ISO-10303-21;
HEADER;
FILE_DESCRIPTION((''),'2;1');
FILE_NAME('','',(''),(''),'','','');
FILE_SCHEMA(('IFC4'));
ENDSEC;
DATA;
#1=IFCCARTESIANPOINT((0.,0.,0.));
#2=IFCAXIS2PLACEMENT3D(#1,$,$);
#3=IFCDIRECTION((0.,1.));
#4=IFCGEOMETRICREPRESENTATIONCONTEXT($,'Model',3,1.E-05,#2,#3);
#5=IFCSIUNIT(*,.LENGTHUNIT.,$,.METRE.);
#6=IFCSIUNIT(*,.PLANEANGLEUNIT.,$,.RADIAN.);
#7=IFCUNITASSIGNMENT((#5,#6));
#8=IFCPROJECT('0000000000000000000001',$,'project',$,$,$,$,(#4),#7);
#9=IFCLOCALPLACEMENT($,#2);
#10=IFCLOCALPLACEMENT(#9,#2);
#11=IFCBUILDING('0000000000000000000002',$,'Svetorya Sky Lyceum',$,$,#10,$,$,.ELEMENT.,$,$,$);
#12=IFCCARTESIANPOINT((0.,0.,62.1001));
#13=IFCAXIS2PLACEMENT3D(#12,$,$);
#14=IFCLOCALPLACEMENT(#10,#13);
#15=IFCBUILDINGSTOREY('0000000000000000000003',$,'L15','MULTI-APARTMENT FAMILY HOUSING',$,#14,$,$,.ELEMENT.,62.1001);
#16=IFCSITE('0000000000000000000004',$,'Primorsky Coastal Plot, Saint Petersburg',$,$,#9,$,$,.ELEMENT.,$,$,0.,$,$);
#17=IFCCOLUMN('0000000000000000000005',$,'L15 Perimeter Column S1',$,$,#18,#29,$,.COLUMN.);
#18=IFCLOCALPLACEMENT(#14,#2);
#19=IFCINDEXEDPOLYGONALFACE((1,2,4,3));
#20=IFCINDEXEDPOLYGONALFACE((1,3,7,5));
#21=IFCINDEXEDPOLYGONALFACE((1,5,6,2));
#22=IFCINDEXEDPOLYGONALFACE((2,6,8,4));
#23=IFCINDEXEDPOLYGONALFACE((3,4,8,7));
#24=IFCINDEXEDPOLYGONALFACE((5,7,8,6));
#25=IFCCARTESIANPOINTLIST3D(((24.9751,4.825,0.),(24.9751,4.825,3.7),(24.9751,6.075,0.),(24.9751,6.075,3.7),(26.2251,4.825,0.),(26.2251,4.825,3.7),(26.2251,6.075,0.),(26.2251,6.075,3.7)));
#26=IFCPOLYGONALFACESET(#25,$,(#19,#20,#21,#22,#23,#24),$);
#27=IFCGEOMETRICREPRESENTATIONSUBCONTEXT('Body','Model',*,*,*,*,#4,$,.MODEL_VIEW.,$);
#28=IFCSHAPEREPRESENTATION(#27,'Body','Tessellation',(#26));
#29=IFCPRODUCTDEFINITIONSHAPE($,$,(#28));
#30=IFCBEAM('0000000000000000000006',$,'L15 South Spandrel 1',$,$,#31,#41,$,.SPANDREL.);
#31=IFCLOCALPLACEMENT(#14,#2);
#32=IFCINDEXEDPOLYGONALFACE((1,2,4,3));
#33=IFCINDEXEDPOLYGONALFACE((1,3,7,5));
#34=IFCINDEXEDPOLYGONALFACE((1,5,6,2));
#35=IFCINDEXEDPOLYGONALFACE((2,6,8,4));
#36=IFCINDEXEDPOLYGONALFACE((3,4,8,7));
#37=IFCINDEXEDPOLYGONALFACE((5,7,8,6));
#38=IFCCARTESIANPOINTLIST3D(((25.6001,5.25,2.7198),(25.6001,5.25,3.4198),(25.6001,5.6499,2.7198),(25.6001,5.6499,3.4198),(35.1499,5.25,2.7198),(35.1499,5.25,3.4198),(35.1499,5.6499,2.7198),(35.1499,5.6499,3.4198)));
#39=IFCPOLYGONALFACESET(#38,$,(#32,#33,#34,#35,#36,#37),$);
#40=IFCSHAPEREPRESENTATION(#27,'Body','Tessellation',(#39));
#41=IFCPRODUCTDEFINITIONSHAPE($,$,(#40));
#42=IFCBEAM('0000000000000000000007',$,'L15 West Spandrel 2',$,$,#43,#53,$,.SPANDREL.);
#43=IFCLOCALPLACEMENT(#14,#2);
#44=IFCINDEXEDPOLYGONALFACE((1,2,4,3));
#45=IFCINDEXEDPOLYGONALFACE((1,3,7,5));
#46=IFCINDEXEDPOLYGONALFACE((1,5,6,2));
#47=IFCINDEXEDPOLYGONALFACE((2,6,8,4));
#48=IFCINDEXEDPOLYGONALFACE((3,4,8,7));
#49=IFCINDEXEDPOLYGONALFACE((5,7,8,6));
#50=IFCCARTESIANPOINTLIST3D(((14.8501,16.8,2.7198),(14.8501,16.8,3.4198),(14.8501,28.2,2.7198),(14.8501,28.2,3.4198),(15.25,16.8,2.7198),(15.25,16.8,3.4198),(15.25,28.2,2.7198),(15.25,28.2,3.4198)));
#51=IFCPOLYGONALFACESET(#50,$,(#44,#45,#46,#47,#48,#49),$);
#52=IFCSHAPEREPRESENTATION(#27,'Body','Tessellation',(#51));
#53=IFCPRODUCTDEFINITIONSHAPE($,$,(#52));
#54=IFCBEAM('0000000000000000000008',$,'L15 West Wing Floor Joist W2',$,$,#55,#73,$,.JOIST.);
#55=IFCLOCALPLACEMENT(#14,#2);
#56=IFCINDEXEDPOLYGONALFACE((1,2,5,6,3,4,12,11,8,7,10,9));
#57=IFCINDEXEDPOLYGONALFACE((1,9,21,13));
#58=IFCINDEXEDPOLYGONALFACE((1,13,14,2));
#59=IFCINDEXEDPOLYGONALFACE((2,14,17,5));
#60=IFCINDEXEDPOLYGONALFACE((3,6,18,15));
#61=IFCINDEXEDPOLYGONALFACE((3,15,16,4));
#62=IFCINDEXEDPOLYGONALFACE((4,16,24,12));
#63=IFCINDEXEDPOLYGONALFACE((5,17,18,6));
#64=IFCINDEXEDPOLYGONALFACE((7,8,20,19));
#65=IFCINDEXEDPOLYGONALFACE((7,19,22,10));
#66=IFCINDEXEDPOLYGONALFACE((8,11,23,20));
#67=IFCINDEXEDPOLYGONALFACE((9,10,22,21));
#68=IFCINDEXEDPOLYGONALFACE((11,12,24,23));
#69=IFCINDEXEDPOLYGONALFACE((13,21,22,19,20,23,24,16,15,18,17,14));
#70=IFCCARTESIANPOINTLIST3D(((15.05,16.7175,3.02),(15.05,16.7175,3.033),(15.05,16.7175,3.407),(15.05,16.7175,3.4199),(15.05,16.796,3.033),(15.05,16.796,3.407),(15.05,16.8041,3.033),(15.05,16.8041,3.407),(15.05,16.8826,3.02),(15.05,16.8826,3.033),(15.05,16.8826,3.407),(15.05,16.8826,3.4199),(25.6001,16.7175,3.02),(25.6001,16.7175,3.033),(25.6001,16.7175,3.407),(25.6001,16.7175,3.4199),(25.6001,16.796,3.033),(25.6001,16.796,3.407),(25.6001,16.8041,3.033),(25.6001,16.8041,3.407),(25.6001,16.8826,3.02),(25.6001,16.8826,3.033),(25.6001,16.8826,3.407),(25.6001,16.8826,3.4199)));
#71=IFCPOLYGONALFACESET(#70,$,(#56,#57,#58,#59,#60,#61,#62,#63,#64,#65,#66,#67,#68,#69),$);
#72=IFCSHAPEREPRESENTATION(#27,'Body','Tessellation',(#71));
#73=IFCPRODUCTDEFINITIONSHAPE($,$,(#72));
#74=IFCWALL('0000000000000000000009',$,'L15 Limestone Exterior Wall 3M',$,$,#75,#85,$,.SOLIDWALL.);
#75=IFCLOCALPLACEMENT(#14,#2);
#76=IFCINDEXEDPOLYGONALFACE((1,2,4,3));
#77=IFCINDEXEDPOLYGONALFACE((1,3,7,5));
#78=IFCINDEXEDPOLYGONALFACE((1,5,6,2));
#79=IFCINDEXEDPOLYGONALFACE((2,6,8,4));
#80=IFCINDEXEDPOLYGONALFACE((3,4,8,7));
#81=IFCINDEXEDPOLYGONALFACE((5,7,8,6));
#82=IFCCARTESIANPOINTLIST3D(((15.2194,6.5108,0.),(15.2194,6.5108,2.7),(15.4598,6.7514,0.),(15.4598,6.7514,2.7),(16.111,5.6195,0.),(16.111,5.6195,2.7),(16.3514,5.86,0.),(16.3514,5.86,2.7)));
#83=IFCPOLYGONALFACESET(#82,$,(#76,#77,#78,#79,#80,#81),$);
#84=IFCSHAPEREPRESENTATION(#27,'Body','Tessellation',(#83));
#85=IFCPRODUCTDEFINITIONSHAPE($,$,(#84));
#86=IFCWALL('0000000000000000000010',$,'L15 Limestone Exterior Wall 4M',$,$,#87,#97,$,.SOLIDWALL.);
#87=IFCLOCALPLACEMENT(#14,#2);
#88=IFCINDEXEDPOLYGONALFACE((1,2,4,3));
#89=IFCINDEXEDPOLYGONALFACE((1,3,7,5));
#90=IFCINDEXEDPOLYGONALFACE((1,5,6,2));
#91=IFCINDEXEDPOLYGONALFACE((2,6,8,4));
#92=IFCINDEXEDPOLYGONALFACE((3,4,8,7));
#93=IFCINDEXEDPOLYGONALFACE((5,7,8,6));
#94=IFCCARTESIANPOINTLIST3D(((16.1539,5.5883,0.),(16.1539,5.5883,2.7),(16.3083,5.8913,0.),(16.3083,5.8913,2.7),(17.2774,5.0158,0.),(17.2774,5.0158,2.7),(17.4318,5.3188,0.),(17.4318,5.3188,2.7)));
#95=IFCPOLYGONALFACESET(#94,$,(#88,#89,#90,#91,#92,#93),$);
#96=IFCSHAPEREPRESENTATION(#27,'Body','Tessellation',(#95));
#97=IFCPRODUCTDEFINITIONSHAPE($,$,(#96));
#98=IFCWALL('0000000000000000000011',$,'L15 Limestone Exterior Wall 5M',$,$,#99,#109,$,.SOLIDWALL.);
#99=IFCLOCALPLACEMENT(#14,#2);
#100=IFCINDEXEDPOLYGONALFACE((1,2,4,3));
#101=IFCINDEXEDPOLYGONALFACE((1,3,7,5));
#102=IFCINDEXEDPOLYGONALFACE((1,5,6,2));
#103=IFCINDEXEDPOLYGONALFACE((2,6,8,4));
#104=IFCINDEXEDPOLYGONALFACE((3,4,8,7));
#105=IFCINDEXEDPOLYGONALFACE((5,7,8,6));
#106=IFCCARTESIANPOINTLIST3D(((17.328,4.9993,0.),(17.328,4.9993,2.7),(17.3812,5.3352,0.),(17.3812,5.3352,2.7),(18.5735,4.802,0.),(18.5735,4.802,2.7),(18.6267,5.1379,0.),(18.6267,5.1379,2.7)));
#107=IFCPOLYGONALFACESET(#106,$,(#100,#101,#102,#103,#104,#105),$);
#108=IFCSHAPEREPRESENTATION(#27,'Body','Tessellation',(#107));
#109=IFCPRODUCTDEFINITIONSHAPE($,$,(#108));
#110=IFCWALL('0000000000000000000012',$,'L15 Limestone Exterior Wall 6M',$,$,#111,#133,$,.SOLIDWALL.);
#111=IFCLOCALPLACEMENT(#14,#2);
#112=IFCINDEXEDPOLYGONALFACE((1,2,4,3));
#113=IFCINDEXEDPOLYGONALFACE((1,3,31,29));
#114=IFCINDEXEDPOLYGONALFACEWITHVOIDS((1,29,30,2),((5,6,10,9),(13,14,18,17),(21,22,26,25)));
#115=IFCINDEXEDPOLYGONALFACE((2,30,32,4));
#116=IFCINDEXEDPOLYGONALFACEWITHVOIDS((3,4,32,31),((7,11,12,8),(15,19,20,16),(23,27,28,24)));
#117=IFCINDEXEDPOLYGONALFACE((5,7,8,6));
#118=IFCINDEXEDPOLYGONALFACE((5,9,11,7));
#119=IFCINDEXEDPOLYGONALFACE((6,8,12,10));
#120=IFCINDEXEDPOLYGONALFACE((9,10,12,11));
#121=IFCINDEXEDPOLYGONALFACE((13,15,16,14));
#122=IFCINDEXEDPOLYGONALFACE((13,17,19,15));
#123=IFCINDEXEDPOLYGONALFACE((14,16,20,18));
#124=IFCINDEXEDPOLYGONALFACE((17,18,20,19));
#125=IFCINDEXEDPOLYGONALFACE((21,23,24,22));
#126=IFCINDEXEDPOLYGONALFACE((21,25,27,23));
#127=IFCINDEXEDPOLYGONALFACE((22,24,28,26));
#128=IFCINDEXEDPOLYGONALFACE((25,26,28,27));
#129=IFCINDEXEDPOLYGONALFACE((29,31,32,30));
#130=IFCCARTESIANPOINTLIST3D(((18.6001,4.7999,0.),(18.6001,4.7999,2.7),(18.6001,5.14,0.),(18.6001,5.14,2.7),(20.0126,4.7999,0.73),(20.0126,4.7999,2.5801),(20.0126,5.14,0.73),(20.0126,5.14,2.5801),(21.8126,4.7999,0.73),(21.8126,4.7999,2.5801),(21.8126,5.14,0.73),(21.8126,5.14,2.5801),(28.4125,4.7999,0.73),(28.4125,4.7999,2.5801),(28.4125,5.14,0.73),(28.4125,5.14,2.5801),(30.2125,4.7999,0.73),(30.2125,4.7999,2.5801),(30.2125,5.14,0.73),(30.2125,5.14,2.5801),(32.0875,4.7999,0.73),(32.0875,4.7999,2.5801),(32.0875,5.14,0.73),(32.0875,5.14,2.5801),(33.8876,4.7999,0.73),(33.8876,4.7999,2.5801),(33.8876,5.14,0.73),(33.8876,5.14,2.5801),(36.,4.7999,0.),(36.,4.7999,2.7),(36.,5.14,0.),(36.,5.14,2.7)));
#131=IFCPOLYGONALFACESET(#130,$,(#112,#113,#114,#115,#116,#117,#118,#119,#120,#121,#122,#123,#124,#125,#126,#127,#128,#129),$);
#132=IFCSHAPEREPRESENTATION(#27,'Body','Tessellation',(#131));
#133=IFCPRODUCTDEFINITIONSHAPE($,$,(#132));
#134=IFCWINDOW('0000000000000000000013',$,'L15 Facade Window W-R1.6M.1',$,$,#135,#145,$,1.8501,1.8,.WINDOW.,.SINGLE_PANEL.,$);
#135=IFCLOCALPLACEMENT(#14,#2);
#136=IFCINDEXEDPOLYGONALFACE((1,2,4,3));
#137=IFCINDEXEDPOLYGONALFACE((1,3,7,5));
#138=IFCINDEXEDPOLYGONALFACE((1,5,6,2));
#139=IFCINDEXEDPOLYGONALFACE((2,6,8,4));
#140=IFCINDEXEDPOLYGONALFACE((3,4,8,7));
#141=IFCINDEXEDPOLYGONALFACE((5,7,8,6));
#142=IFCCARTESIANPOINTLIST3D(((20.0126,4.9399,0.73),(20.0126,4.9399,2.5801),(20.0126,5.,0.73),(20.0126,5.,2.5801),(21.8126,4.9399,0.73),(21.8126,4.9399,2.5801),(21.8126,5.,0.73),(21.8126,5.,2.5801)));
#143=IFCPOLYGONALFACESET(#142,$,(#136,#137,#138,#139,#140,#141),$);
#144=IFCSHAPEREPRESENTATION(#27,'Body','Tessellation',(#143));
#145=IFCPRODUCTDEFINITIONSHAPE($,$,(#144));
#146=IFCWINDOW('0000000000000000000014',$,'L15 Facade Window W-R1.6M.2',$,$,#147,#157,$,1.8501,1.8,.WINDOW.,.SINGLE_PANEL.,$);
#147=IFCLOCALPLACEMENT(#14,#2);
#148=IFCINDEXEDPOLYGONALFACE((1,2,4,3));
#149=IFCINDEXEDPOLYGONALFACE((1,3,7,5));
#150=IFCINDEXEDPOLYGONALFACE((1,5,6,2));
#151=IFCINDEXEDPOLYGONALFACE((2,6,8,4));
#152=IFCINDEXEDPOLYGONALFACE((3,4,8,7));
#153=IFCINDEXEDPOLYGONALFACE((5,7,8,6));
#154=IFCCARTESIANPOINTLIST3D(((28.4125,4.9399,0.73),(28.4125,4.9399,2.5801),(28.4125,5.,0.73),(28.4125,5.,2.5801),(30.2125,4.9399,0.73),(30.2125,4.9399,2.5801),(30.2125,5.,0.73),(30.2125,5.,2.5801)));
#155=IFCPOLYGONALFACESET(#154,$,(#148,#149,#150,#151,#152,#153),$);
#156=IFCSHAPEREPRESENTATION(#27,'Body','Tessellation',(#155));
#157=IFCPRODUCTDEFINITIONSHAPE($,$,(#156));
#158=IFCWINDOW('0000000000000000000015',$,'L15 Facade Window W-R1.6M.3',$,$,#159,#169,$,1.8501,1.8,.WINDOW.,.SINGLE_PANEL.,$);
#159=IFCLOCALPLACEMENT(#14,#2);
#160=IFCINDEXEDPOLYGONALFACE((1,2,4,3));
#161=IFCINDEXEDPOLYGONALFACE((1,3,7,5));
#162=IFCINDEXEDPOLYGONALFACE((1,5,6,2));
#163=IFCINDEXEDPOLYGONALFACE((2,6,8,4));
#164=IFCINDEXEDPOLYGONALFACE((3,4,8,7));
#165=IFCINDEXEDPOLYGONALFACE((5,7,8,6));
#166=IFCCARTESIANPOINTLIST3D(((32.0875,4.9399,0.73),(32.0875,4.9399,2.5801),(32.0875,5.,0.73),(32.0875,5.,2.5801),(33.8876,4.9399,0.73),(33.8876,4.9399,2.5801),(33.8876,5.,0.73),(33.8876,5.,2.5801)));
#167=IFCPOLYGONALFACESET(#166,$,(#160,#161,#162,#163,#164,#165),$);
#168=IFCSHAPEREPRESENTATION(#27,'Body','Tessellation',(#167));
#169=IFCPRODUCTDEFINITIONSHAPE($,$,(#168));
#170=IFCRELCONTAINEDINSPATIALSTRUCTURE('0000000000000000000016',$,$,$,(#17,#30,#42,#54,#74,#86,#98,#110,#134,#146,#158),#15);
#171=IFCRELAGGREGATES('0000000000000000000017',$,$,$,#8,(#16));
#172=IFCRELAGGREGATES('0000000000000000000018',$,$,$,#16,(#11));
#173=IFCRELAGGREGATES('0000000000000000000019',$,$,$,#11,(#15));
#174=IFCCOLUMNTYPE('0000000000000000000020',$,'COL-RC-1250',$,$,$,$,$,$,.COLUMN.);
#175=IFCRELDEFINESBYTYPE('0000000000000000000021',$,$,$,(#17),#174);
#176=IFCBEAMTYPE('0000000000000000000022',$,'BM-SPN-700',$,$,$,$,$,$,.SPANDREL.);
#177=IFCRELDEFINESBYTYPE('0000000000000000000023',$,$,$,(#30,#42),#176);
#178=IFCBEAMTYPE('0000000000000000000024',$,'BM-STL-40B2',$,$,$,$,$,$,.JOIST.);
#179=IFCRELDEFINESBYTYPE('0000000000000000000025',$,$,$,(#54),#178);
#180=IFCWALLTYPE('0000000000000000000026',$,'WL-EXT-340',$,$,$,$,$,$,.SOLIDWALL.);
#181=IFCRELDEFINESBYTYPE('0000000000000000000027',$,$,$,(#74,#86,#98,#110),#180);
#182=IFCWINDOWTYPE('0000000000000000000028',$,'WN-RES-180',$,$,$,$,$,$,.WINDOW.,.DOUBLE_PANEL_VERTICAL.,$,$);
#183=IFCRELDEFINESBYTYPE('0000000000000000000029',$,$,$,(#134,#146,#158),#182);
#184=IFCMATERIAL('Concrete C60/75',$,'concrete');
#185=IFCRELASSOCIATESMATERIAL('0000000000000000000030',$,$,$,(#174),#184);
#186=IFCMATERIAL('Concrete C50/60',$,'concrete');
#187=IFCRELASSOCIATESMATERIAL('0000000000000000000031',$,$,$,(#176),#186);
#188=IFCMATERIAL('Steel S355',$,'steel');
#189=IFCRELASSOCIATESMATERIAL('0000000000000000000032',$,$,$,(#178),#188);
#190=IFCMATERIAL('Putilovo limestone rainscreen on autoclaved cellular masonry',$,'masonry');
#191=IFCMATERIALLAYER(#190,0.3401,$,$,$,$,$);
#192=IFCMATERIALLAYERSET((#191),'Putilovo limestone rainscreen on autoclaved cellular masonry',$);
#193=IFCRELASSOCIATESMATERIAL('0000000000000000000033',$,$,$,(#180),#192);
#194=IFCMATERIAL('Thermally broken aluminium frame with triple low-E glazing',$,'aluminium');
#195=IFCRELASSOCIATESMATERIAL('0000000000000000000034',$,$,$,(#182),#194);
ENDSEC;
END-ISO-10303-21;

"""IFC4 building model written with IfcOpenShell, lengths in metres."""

from ifc_helpers import new_model, si_unit, direction, frame, frame_2d, origin, origin_2d, place, context, subcontext, project, spatial, rectangle, i_section, extrude, material, layer, layer_set, material_profile, profile_set, type_object, element, fill, save


model = new_model("IFC4")

# Units and contexts
model_context = context("Model", 3, precision=1e-05, world=origin(), true_north=direction((0.0, 1.0)))
body_context = subcontext(model_context, "Body", "Model", "MODEL_VIEW")
ifc_project = project(units=[si_unit("LENGTHUNIT", "METRE"), si_unit("PLANEANGLEUNIT", "RADIAN")], contexts=[model_context])

# Site, building, storey
site_placement = place(None, origin())
site = spatial("IfcSite", under=ifc_project, at=site_placement, Name="Primorsky Coastal Plot, Saint Petersburg", CompositionType="ELEMENT", RefElevation=0.0)
building_placement = place(site_placement, origin())
building = spatial("IfcBuilding", under=site, at=building_placement, Name="Svetorya Sky Lyceum", CompositionType="ELEMENT")
storey_placement = place(building_placement, frame((0.0, 0.0, 62.1001)))
storey = spatial("IfcBuildingStorey", under=building, at=storey_placement, Name="L15", Description="MULTI-APARTMENT FAMILY HOUSING", CompositionType="ELEMENT", Elevation=62.1001)

# Column
ifc_material_1 = material(Name="Concrete C60/75", Category="concrete")
ifc_material_profile_1 = material_profile(ifc_material_1, rectangle(XDim=1.25, YDim=1.25, at=origin_2d()), Name="RC COL 1250x1250")
ifc_profile_set_1 = profile_set([ifc_material_profile_1], Name="Concrete C60/75")
column_type = type_object("IfcColumnType", Name="COL-RC-1250", PredefinedType="COLUMN", material=ifc_profile_set_1)
column_placement = place(storey_placement, frame((25.6001, 5.45, 0.0), z_axis=(0.0, 0.0, 1.0), x_axis=(1.0, 0.0, 0.0)))
element("IfcColumn", 1, at=column_placement, inside=storey, type_object=column_type, Name="L15 Perimeter Column S1", PredefinedType="COLUMN", context=body_context, shape_type="SweptSolid", body=[
    extrude(rectangle(XDim=1.25, YDim=1.25, at=origin_2d()), origin(), (0.0, 0.0, 1.0), 3.7),
])

# Beams
ifc_material_2 = material(Name="Concrete C50/60", Category="concrete")
ifc_material_profile_2 = material_profile(ifc_material_2, rectangle(XDim=0.3999, YDim=0.7, at=origin_2d()), Name="RC SPANDREL 400x700")
ifc_profile_set_2 = profile_set([ifc_material_profile_2], Name="Concrete C50/60")
beam_type_1 = type_object("IfcBeamType", Name="BM-SPN-700", PredefinedType="SPANDREL", material=ifc_profile_set_2)
beam_1_placement = place(storey_placement, frame((25.6001, 5.45, 3.0698), z_axis=(1.0, 0.0, 0.0), x_axis=(0.0, 1.0, 0.0)))
element("IfcBeam", 2, at=beam_1_placement, inside=storey, type_object=beam_type_1, Name="L15 South Spandrel 1", PredefinedType="SPANDREL", context=body_context, shape_type="SweptSolid", body=[
    extrude(rectangle(XDim=0.3999, YDim=0.7, at=origin_2d()), origin(), (0.0, 0.0, 1.0), 9.5498),
])
beam_2_placement = place(storey_placement, frame((15.05, 16.8, 3.0698), z_axis=(0.0, 1.0, 0.0), x_axis=(-1.0, 0.0, 0.0)))
element("IfcBeam", 3, at=beam_2_placement, inside=storey, type_object=beam_type_1, Name="L15 West Spandrel 2", PredefinedType="SPANDREL", context=body_context, shape_type="SweptSolid", body=[
    extrude(rectangle(XDim=0.3999, YDim=0.7, at=origin_2d()), origin(), (0.0, 0.0, 1.0), 11.3999),
])
ifc_material_3 = material(Name="Steel S355", Category="steel")
ifc_material_profile_3 = material_profile(ifc_material_3, i_section(OverallWidth=0.165, OverallDepth=0.3999, WebThickness=0.0081, FlangeThickness=0.0129, at=origin_2d()), Name="GOST 40B2")
ifc_profile_set_3 = profile_set([ifc_material_profile_3], Name="Steel S355")
beam_type_2 = type_object("IfcBeamType", Name="BM-STL-40B2", PredefinedType="JOIST", material=ifc_profile_set_3)
beam_3_placement = place(storey_placement, frame((15.05, 16.8, 3.22), z_axis=(1.0, 0.0, 0.0), x_axis=(0.0, 1.0, 0.0)))
element("IfcBeam", 4, at=beam_3_placement, inside=storey, type_object=beam_type_2, Name="L15 West Wing Floor Joist W2", PredefinedType="JOIST", context=body_context, shape_type="SweptSolid", body=[
    extrude(i_section(OverallWidth=0.165, OverallDepth=0.3999, WebThickness=0.0081, FlangeThickness=0.0129, at=origin_2d()), origin(), (0.0, 0.0, 1.0), 10.55),
])

# Walls
ifc_material_4 = material(Name="Putilovo limestone rainscreen on autoclaved cellular masonry", Category="masonry")
ifc_layer_1 = layer(ifc_material_4, 0.3401)
ifc_layer_set_1 = layer_set([ifc_layer_1], Name="Putilovo limestone rainscreen on autoclaved cellular masonry")
wall_type_1 = type_object("IfcWallType", Name="WL-EXT-340", PredefinedType="SOLIDWALL", material=ifc_layer_set_1)
wall_1_placement = place(storey_placement, frame((15.3396, 6.6311, 0.0), z_axis=(0.0, 0.0, 1.0), x_axis=(0.707204, -0.70701, 0.0)))
element("IfcWall", 5, at=wall_1_placement, inside=storey, type_object=wall_type_1, Name="L15 Limestone Exterior Wall 3M", PredefinedType="SOLIDWALL", context=body_context, shape_type="SweptSolid", body=[
    extrude(rectangle(XDim=1.2607, YDim=0.3401, at=frame_2d((0.6304, 0.0))), origin(), (0.0, 0.0, 1.0), 2.7),
])
for number, where, z_axis, x_axis, name in (
    (6, (16.2312, 5.7397, 0.0), (0.0, 0.0, 1.0), (0.890994, -0.454016, 0.0), "L15 Limestone Exterior Wall 4M"),
    (7, (17.3547, 5.1672, 0.0), (0.0, 0.0, 1.0), (0.987686, -0.15645, 0.0), "L15 Limestone Exterior Wall 5M"),
):
    element("IfcWall", number, at=place(storey_placement, frame(where, z_axis=z_axis, x_axis=x_axis)), inside=storey, type_object=wall_type_1, Name=name, PredefinedType="SOLIDWALL", context=body_context, shape_type="SweptSolid", body=[
        extrude(rectangle(XDim=1.261, YDim=0.3401, at=frame_2d((0.6304, 0.0))), origin(), (0.0, 0.0, 1.0), 2.7),
    ])

# Wall, openings, windows
wall_2_placement = place(storey_placement, frame((18.6001, 4.97, 0.0), z_axis=(0.0, 0.0, 1.0), x_axis=(1.0, 0.0, 0.0)))
wall_2 = element("IfcWall", 8, at=wall_2_placement, inside=storey, type_object=wall_type_1, Name="L15 Limestone Exterior Wall 6M", PredefinedType="SOLIDWALL", context=body_context, shape_type="SweptSolid", body=[
    extrude(rectangle(XDim=17.3999, YDim=0.3401, at=frame_2d((8.7, 0.0))), origin(), (0.0, 0.0, 1.0), 2.7),
])
opening_1_placement = place(wall_2_placement, frame((1.4126, 0.0, 0.73)))
opening_1 = element("IfcOpeningElement", 9, at=opening_1_placement, cuts=wall_2, PredefinedType="OPENING", context=body_context, shape_type="SweptSolid", body=[
    extrude(rectangle(XDim=1.8, YDim=1.8501, at=frame_2d((0.8999, 0.925))), frame((0.0, 0.1799, 0.0), z_axis=(0.0, -1.0, 0.0), x_axis=(1.0, 0.0, 0.0)), (0.0, 0.0, 1.0), 0.3601),
])
opening_2_placement = place(wall_2_placement, frame((9.8125, 0.0, 0.73)))
opening_2 = element("IfcOpeningElement", 10, at=opening_2_placement, cuts=wall_2, PredefinedType="OPENING", context=body_context, shape_type="SweptSolid", body=[
    extrude(rectangle(XDim=1.8, YDim=1.8501, at=frame_2d((0.8999, 0.925))), frame((0.0, 0.1799, 0.0), z_axis=(0.0, -1.0, 0.0), x_axis=(1.0, 0.0, 0.0)), (0.0, 0.0, 1.0), 0.3601),
])
opening_3_placement = place(wall_2_placement, frame((13.4875, 0.0, 0.73)))
opening_3 = element("IfcOpeningElement", 11, at=opening_3_placement, cuts=wall_2, PredefinedType="OPENING", context=body_context, shape_type="SweptSolid", body=[
    extrude(rectangle(XDim=1.8, YDim=1.8501, at=frame_2d((0.8999, 0.925))), frame((0.0, 0.1799, 0.0), z_axis=(0.0, -1.0, 0.0), x_axis=(1.0, 0.0, 0.0)), (0.0, 0.0, 1.0), 0.3601),
])
ifc_material_5 = material(Name="Thermally broken aluminium frame with triple low-E glazing", Category="aluminium")
window_type = type_object("IfcWindowType", Name="WN-RES-180", PartitioningType="DOUBLE_PANEL_VERTICAL", PredefinedType="WINDOW", material=ifc_material_5)
window_1_placement = place(opening_1_placement, origin())
window_1 = element("IfcWindow", 12, at=window_1_placement, inside=storey, type_object=window_type, Name="L15 Facade Window W-R1.6M.1", OverallHeight=1.8501, OverallWidth=1.8, PartitioningType="SINGLE_PANEL", PredefinedType="WINDOW", context=body_context, shape_type="SweptSolid", body=[
    extrude(rectangle(XDim=1.8, YDim=1.8501, at=frame_2d((0.8999, 0.925))), frame((0.0, 0.03, 0.0), z_axis=(0.0, -1.0, 0.0), x_axis=(1.0, 0.0, 0.0)), (0.0, 0.0, 1.0), 0.0601),
])
fill(opening_1, window_1)
window_2_placement = place(opening_2_placement, origin())
window_2 = element("IfcWindow", 13, at=window_2_placement, inside=storey, type_object=window_type, Name="L15 Facade Window W-R1.6M.2", OverallHeight=1.8501, OverallWidth=1.8, PartitioningType="SINGLE_PANEL", PredefinedType="WINDOW", context=body_context, shape_type="SweptSolid", body=[
    extrude(rectangle(XDim=1.8, YDim=1.8501, at=frame_2d((0.8999, 0.925))), frame((0.0, 0.03, 0.0), z_axis=(0.0, -1.0, 0.0), x_axis=(1.0, 0.0, 0.0)), (0.0, 0.0, 1.0), 0.0601),
])
fill(opening_2, window_2)
window_3_placement = place(opening_3_placement, origin())
window_3 = element("IfcWindow", 14, at=window_3_placement, inside=storey, type_object=window_type, Name="L15 Facade Window W-R1.6M.3", OverallHeight=1.8501, OverallWidth=1.8, PartitioningType="SINGLE_PANEL", PredefinedType="WINDOW", context=body_context, shape_type="SweptSolid", body=[
    extrude(rectangle(XDim=1.8, YDim=1.8501, at=frame_2d((0.8999, 0.925))), frame((0.0, 0.03, 0.0), z_axis=(0.0, -1.0, 0.0), x_axis=(1.0, 0.0, 0.0)), (0.0, 0.0, 1.0), 0.0601),
])
fill(opening_3, window_3)

save(model, "model.ifc")
